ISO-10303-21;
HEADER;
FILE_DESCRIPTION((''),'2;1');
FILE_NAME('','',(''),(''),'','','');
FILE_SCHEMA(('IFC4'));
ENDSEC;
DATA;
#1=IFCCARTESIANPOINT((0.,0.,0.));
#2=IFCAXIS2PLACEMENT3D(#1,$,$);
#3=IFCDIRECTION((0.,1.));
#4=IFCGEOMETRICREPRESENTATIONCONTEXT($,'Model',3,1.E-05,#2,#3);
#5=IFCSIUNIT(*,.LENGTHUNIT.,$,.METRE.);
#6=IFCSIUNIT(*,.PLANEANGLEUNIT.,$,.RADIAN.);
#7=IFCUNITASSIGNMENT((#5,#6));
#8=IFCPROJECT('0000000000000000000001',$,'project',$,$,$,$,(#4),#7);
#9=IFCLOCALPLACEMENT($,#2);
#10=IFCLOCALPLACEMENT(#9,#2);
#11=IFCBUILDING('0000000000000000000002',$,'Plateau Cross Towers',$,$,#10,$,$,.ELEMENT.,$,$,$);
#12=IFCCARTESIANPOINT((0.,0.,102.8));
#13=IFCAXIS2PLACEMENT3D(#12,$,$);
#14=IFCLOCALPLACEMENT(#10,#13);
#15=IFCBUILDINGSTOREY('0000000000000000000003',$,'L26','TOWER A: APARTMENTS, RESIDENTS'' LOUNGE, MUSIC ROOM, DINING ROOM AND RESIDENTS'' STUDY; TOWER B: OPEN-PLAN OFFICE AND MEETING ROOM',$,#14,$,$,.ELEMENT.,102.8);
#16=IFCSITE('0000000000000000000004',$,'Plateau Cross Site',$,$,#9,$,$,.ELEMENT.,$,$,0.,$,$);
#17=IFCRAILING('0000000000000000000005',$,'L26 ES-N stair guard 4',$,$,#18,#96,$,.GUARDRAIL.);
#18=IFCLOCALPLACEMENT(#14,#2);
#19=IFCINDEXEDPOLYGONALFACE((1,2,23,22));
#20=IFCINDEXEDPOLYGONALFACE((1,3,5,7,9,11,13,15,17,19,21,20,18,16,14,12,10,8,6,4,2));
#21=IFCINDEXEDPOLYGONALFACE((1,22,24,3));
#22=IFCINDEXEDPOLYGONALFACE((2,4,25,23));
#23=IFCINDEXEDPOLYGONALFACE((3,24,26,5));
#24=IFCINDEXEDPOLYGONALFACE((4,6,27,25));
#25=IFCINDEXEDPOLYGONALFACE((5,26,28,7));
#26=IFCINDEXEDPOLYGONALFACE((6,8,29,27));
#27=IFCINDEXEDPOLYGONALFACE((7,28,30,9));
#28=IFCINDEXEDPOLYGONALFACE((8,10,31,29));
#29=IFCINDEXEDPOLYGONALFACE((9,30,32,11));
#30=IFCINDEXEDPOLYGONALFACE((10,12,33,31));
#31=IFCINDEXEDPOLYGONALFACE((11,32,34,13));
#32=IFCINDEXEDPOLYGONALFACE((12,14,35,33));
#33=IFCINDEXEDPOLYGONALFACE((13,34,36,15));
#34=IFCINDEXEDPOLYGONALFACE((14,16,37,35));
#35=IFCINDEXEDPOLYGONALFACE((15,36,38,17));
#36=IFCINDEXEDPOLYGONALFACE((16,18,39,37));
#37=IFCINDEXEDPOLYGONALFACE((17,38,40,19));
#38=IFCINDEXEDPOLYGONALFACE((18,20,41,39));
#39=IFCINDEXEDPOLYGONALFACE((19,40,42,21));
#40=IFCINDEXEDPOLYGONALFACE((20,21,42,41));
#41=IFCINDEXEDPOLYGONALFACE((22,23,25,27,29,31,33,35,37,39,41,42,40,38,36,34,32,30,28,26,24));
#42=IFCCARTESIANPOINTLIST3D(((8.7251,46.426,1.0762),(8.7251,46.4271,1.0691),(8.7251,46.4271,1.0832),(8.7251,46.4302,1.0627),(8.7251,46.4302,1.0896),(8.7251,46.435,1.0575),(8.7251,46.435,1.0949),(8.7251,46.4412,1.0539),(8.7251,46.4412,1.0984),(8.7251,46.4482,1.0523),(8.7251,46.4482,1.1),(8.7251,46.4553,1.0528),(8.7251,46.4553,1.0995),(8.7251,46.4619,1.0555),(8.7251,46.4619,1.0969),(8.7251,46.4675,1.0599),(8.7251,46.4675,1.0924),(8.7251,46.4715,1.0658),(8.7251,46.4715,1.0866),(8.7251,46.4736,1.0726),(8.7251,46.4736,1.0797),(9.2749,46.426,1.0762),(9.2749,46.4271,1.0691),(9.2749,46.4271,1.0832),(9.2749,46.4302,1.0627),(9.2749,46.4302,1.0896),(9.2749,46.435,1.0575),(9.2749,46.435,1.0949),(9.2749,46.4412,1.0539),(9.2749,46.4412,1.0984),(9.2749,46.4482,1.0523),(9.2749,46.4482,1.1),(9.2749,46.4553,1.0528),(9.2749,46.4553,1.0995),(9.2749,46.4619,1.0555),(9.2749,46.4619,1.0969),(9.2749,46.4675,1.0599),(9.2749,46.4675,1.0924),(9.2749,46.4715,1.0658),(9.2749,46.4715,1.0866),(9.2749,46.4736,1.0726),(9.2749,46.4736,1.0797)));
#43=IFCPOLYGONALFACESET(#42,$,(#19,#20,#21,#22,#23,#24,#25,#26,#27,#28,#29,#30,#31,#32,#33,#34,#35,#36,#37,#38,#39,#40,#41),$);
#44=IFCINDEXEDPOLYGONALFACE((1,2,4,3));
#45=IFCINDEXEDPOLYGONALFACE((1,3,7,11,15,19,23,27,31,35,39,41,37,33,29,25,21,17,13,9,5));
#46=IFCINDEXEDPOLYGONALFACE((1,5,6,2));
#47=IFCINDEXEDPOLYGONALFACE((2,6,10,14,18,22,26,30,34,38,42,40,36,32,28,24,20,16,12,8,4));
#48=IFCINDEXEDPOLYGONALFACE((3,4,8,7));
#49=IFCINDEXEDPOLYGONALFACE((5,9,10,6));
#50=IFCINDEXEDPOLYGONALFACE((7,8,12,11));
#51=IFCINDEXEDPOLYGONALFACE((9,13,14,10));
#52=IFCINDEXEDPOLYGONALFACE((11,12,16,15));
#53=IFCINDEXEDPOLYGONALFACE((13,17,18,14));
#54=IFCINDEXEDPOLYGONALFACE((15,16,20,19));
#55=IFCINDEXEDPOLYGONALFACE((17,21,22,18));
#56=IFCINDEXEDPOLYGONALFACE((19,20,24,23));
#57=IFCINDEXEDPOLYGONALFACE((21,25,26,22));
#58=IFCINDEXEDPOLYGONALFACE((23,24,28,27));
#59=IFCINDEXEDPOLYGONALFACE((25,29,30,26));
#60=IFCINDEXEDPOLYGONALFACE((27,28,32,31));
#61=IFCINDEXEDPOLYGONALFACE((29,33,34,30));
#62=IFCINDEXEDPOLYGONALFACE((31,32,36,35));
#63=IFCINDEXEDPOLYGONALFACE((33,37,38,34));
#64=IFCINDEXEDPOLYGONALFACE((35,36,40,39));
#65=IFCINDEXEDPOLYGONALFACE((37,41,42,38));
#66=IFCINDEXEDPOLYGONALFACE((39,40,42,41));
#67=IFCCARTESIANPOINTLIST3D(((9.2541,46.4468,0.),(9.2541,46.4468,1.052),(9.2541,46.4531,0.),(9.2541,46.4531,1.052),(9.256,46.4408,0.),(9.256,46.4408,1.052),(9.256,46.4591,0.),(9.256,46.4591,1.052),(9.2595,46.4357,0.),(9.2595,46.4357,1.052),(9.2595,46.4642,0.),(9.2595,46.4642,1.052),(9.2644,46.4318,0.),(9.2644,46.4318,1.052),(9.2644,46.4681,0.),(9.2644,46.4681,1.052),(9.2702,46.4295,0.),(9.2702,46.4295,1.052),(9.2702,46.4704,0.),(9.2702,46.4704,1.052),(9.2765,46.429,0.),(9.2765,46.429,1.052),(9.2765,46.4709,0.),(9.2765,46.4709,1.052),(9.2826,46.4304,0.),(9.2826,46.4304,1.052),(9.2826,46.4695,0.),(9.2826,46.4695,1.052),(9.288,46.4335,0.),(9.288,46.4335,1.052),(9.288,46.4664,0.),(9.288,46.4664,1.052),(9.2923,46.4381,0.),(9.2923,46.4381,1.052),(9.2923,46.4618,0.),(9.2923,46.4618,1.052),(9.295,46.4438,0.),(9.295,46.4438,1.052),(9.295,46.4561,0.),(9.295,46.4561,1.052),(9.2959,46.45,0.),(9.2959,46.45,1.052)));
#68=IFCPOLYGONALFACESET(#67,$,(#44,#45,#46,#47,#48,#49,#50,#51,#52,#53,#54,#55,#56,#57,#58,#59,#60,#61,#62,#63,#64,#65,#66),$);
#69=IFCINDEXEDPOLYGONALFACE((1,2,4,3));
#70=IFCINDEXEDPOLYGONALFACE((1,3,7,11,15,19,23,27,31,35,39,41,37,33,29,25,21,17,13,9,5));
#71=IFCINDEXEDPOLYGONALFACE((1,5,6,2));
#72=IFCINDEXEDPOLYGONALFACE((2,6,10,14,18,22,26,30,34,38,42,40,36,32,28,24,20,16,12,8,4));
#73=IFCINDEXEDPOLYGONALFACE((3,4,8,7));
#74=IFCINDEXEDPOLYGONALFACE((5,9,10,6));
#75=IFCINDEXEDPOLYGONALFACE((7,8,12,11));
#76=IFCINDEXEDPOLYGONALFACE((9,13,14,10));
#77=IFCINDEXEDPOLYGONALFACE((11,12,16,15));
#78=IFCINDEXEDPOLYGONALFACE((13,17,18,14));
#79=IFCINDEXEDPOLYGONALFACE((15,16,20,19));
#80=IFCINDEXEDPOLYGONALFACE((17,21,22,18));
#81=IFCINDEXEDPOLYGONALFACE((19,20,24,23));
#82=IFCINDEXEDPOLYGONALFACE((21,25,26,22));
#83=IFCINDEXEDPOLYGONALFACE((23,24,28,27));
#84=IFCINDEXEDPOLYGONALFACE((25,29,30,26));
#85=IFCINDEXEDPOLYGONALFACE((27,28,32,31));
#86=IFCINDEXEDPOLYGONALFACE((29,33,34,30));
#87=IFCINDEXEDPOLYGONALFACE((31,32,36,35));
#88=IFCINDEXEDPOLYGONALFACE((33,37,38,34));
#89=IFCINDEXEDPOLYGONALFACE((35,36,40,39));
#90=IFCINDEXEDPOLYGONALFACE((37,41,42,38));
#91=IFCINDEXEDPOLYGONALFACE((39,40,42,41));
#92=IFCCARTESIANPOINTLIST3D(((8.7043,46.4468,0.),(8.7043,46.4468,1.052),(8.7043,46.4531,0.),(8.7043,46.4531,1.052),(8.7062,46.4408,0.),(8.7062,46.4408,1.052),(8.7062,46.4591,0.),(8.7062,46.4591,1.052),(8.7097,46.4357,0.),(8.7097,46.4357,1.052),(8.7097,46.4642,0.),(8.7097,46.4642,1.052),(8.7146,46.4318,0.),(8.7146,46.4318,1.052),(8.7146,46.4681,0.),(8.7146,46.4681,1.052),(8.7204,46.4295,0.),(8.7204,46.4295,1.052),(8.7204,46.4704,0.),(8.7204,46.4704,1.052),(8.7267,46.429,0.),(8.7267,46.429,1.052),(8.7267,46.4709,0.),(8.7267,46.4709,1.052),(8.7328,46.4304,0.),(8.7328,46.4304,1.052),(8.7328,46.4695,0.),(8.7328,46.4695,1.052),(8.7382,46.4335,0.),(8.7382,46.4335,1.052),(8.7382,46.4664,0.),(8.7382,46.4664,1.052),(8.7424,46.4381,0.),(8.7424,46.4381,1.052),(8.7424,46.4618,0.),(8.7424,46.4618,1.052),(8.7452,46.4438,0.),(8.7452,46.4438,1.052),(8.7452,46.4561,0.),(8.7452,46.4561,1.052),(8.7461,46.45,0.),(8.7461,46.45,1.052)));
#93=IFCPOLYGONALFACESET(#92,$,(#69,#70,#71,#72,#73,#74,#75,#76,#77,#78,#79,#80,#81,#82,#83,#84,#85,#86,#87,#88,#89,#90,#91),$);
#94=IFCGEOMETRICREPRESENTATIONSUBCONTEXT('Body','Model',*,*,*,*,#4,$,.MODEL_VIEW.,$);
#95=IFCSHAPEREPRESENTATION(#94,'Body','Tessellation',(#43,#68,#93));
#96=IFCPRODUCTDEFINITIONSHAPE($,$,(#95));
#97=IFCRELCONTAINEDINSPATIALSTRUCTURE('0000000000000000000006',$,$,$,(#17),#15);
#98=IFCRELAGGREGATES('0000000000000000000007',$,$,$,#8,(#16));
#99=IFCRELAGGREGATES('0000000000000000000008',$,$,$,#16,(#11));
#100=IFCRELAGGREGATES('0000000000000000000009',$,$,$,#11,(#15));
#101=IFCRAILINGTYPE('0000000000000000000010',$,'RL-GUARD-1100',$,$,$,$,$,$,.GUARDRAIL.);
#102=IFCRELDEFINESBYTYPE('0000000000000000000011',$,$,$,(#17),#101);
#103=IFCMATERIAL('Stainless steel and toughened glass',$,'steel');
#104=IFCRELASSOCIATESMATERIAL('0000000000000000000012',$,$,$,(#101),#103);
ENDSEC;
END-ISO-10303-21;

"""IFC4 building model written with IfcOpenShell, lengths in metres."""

from ifc_helpers import new_model, si_unit, direction, frame, origin, origin_2d, place, context, subcontext, project, spatial, circle, extrude, material, type_object, element, save


model = new_model("IFC4")

# Units and contexts
model_context = context("Model", 3, precision=1e-05, world=origin(), true_north=direction((0.0, 1.0)))
body_context = subcontext(model_context, "Body", "Model", "MODEL_VIEW")
ifc_project = project(units=[si_unit("LENGTHUNIT", "METRE"), si_unit("PLANEANGLEUNIT", "RADIAN")], contexts=[model_context])

# Site, building, storey
site_placement = place(None, origin())
site = spatial("IfcSite", under=ifc_project, at=site_placement, Name="Plateau Cross Site", CompositionType="ELEMENT", RefElevation=0.0)
building_placement = place(site_placement, origin())
building = spatial("IfcBuilding", under=site, at=building_placement, Name="Plateau Cross Towers", CompositionType="ELEMENT")
storey_placement = place(building_placement, frame((0.0, 0.0, 102.8)))
storey = spatial("IfcBuildingStorey", under=building, at=storey_placement, Name="L26", Description="TOWER A: APARTMENTS, RESIDENTS' LOUNGE, MUSIC ROOM, DINING ROOM AND RESIDENTS' STUDY; TOWER B: OPEN-PLAN OFFICE AND MEETING ROOM", CompositionType="ELEMENT", Elevation=102.8)

# Railing
ifc_material_1 = material(Name="Stainless steel and toughened glass", Category="steel")
railing_type_1 = type_object("IfcRailingType", Name="RL-GUARD-1100", PredefinedType="GUARDRAIL", material=ifc_material_1)
railing_1_placement = place(storey_placement, frame((9.2749, 46.45, 0.0)))
element("IfcRailing", 1, at=railing_1_placement, inside=storey, type_object=railing_type_1, Name="L26 ES-N stair guard 4", PredefinedType="GUARDRAIL", context=body_context, shape_type="SweptSolid", body=[
    extrude(circle(Radius=0.0239, at=origin_2d()), frame((0.0, 0.0, 1.0762), z_axis=(-1.0, 0.0, 0.0), x_axis=(0.0, -1.0, 0.0)), (0.0, 0.0, 1.0), 0.5498),
    extrude(circle(Radius=0.021, at=origin_2d()), origin(), (0.0, 0.0, 1.0), 1.052),
    extrude(circle(Radius=0.021, at=origin_2d()), frame((-0.5498, 0.0, 0.0)), (0.0, 0.0, 1.0), 1.052),
])

save(model, "model.ifc")
